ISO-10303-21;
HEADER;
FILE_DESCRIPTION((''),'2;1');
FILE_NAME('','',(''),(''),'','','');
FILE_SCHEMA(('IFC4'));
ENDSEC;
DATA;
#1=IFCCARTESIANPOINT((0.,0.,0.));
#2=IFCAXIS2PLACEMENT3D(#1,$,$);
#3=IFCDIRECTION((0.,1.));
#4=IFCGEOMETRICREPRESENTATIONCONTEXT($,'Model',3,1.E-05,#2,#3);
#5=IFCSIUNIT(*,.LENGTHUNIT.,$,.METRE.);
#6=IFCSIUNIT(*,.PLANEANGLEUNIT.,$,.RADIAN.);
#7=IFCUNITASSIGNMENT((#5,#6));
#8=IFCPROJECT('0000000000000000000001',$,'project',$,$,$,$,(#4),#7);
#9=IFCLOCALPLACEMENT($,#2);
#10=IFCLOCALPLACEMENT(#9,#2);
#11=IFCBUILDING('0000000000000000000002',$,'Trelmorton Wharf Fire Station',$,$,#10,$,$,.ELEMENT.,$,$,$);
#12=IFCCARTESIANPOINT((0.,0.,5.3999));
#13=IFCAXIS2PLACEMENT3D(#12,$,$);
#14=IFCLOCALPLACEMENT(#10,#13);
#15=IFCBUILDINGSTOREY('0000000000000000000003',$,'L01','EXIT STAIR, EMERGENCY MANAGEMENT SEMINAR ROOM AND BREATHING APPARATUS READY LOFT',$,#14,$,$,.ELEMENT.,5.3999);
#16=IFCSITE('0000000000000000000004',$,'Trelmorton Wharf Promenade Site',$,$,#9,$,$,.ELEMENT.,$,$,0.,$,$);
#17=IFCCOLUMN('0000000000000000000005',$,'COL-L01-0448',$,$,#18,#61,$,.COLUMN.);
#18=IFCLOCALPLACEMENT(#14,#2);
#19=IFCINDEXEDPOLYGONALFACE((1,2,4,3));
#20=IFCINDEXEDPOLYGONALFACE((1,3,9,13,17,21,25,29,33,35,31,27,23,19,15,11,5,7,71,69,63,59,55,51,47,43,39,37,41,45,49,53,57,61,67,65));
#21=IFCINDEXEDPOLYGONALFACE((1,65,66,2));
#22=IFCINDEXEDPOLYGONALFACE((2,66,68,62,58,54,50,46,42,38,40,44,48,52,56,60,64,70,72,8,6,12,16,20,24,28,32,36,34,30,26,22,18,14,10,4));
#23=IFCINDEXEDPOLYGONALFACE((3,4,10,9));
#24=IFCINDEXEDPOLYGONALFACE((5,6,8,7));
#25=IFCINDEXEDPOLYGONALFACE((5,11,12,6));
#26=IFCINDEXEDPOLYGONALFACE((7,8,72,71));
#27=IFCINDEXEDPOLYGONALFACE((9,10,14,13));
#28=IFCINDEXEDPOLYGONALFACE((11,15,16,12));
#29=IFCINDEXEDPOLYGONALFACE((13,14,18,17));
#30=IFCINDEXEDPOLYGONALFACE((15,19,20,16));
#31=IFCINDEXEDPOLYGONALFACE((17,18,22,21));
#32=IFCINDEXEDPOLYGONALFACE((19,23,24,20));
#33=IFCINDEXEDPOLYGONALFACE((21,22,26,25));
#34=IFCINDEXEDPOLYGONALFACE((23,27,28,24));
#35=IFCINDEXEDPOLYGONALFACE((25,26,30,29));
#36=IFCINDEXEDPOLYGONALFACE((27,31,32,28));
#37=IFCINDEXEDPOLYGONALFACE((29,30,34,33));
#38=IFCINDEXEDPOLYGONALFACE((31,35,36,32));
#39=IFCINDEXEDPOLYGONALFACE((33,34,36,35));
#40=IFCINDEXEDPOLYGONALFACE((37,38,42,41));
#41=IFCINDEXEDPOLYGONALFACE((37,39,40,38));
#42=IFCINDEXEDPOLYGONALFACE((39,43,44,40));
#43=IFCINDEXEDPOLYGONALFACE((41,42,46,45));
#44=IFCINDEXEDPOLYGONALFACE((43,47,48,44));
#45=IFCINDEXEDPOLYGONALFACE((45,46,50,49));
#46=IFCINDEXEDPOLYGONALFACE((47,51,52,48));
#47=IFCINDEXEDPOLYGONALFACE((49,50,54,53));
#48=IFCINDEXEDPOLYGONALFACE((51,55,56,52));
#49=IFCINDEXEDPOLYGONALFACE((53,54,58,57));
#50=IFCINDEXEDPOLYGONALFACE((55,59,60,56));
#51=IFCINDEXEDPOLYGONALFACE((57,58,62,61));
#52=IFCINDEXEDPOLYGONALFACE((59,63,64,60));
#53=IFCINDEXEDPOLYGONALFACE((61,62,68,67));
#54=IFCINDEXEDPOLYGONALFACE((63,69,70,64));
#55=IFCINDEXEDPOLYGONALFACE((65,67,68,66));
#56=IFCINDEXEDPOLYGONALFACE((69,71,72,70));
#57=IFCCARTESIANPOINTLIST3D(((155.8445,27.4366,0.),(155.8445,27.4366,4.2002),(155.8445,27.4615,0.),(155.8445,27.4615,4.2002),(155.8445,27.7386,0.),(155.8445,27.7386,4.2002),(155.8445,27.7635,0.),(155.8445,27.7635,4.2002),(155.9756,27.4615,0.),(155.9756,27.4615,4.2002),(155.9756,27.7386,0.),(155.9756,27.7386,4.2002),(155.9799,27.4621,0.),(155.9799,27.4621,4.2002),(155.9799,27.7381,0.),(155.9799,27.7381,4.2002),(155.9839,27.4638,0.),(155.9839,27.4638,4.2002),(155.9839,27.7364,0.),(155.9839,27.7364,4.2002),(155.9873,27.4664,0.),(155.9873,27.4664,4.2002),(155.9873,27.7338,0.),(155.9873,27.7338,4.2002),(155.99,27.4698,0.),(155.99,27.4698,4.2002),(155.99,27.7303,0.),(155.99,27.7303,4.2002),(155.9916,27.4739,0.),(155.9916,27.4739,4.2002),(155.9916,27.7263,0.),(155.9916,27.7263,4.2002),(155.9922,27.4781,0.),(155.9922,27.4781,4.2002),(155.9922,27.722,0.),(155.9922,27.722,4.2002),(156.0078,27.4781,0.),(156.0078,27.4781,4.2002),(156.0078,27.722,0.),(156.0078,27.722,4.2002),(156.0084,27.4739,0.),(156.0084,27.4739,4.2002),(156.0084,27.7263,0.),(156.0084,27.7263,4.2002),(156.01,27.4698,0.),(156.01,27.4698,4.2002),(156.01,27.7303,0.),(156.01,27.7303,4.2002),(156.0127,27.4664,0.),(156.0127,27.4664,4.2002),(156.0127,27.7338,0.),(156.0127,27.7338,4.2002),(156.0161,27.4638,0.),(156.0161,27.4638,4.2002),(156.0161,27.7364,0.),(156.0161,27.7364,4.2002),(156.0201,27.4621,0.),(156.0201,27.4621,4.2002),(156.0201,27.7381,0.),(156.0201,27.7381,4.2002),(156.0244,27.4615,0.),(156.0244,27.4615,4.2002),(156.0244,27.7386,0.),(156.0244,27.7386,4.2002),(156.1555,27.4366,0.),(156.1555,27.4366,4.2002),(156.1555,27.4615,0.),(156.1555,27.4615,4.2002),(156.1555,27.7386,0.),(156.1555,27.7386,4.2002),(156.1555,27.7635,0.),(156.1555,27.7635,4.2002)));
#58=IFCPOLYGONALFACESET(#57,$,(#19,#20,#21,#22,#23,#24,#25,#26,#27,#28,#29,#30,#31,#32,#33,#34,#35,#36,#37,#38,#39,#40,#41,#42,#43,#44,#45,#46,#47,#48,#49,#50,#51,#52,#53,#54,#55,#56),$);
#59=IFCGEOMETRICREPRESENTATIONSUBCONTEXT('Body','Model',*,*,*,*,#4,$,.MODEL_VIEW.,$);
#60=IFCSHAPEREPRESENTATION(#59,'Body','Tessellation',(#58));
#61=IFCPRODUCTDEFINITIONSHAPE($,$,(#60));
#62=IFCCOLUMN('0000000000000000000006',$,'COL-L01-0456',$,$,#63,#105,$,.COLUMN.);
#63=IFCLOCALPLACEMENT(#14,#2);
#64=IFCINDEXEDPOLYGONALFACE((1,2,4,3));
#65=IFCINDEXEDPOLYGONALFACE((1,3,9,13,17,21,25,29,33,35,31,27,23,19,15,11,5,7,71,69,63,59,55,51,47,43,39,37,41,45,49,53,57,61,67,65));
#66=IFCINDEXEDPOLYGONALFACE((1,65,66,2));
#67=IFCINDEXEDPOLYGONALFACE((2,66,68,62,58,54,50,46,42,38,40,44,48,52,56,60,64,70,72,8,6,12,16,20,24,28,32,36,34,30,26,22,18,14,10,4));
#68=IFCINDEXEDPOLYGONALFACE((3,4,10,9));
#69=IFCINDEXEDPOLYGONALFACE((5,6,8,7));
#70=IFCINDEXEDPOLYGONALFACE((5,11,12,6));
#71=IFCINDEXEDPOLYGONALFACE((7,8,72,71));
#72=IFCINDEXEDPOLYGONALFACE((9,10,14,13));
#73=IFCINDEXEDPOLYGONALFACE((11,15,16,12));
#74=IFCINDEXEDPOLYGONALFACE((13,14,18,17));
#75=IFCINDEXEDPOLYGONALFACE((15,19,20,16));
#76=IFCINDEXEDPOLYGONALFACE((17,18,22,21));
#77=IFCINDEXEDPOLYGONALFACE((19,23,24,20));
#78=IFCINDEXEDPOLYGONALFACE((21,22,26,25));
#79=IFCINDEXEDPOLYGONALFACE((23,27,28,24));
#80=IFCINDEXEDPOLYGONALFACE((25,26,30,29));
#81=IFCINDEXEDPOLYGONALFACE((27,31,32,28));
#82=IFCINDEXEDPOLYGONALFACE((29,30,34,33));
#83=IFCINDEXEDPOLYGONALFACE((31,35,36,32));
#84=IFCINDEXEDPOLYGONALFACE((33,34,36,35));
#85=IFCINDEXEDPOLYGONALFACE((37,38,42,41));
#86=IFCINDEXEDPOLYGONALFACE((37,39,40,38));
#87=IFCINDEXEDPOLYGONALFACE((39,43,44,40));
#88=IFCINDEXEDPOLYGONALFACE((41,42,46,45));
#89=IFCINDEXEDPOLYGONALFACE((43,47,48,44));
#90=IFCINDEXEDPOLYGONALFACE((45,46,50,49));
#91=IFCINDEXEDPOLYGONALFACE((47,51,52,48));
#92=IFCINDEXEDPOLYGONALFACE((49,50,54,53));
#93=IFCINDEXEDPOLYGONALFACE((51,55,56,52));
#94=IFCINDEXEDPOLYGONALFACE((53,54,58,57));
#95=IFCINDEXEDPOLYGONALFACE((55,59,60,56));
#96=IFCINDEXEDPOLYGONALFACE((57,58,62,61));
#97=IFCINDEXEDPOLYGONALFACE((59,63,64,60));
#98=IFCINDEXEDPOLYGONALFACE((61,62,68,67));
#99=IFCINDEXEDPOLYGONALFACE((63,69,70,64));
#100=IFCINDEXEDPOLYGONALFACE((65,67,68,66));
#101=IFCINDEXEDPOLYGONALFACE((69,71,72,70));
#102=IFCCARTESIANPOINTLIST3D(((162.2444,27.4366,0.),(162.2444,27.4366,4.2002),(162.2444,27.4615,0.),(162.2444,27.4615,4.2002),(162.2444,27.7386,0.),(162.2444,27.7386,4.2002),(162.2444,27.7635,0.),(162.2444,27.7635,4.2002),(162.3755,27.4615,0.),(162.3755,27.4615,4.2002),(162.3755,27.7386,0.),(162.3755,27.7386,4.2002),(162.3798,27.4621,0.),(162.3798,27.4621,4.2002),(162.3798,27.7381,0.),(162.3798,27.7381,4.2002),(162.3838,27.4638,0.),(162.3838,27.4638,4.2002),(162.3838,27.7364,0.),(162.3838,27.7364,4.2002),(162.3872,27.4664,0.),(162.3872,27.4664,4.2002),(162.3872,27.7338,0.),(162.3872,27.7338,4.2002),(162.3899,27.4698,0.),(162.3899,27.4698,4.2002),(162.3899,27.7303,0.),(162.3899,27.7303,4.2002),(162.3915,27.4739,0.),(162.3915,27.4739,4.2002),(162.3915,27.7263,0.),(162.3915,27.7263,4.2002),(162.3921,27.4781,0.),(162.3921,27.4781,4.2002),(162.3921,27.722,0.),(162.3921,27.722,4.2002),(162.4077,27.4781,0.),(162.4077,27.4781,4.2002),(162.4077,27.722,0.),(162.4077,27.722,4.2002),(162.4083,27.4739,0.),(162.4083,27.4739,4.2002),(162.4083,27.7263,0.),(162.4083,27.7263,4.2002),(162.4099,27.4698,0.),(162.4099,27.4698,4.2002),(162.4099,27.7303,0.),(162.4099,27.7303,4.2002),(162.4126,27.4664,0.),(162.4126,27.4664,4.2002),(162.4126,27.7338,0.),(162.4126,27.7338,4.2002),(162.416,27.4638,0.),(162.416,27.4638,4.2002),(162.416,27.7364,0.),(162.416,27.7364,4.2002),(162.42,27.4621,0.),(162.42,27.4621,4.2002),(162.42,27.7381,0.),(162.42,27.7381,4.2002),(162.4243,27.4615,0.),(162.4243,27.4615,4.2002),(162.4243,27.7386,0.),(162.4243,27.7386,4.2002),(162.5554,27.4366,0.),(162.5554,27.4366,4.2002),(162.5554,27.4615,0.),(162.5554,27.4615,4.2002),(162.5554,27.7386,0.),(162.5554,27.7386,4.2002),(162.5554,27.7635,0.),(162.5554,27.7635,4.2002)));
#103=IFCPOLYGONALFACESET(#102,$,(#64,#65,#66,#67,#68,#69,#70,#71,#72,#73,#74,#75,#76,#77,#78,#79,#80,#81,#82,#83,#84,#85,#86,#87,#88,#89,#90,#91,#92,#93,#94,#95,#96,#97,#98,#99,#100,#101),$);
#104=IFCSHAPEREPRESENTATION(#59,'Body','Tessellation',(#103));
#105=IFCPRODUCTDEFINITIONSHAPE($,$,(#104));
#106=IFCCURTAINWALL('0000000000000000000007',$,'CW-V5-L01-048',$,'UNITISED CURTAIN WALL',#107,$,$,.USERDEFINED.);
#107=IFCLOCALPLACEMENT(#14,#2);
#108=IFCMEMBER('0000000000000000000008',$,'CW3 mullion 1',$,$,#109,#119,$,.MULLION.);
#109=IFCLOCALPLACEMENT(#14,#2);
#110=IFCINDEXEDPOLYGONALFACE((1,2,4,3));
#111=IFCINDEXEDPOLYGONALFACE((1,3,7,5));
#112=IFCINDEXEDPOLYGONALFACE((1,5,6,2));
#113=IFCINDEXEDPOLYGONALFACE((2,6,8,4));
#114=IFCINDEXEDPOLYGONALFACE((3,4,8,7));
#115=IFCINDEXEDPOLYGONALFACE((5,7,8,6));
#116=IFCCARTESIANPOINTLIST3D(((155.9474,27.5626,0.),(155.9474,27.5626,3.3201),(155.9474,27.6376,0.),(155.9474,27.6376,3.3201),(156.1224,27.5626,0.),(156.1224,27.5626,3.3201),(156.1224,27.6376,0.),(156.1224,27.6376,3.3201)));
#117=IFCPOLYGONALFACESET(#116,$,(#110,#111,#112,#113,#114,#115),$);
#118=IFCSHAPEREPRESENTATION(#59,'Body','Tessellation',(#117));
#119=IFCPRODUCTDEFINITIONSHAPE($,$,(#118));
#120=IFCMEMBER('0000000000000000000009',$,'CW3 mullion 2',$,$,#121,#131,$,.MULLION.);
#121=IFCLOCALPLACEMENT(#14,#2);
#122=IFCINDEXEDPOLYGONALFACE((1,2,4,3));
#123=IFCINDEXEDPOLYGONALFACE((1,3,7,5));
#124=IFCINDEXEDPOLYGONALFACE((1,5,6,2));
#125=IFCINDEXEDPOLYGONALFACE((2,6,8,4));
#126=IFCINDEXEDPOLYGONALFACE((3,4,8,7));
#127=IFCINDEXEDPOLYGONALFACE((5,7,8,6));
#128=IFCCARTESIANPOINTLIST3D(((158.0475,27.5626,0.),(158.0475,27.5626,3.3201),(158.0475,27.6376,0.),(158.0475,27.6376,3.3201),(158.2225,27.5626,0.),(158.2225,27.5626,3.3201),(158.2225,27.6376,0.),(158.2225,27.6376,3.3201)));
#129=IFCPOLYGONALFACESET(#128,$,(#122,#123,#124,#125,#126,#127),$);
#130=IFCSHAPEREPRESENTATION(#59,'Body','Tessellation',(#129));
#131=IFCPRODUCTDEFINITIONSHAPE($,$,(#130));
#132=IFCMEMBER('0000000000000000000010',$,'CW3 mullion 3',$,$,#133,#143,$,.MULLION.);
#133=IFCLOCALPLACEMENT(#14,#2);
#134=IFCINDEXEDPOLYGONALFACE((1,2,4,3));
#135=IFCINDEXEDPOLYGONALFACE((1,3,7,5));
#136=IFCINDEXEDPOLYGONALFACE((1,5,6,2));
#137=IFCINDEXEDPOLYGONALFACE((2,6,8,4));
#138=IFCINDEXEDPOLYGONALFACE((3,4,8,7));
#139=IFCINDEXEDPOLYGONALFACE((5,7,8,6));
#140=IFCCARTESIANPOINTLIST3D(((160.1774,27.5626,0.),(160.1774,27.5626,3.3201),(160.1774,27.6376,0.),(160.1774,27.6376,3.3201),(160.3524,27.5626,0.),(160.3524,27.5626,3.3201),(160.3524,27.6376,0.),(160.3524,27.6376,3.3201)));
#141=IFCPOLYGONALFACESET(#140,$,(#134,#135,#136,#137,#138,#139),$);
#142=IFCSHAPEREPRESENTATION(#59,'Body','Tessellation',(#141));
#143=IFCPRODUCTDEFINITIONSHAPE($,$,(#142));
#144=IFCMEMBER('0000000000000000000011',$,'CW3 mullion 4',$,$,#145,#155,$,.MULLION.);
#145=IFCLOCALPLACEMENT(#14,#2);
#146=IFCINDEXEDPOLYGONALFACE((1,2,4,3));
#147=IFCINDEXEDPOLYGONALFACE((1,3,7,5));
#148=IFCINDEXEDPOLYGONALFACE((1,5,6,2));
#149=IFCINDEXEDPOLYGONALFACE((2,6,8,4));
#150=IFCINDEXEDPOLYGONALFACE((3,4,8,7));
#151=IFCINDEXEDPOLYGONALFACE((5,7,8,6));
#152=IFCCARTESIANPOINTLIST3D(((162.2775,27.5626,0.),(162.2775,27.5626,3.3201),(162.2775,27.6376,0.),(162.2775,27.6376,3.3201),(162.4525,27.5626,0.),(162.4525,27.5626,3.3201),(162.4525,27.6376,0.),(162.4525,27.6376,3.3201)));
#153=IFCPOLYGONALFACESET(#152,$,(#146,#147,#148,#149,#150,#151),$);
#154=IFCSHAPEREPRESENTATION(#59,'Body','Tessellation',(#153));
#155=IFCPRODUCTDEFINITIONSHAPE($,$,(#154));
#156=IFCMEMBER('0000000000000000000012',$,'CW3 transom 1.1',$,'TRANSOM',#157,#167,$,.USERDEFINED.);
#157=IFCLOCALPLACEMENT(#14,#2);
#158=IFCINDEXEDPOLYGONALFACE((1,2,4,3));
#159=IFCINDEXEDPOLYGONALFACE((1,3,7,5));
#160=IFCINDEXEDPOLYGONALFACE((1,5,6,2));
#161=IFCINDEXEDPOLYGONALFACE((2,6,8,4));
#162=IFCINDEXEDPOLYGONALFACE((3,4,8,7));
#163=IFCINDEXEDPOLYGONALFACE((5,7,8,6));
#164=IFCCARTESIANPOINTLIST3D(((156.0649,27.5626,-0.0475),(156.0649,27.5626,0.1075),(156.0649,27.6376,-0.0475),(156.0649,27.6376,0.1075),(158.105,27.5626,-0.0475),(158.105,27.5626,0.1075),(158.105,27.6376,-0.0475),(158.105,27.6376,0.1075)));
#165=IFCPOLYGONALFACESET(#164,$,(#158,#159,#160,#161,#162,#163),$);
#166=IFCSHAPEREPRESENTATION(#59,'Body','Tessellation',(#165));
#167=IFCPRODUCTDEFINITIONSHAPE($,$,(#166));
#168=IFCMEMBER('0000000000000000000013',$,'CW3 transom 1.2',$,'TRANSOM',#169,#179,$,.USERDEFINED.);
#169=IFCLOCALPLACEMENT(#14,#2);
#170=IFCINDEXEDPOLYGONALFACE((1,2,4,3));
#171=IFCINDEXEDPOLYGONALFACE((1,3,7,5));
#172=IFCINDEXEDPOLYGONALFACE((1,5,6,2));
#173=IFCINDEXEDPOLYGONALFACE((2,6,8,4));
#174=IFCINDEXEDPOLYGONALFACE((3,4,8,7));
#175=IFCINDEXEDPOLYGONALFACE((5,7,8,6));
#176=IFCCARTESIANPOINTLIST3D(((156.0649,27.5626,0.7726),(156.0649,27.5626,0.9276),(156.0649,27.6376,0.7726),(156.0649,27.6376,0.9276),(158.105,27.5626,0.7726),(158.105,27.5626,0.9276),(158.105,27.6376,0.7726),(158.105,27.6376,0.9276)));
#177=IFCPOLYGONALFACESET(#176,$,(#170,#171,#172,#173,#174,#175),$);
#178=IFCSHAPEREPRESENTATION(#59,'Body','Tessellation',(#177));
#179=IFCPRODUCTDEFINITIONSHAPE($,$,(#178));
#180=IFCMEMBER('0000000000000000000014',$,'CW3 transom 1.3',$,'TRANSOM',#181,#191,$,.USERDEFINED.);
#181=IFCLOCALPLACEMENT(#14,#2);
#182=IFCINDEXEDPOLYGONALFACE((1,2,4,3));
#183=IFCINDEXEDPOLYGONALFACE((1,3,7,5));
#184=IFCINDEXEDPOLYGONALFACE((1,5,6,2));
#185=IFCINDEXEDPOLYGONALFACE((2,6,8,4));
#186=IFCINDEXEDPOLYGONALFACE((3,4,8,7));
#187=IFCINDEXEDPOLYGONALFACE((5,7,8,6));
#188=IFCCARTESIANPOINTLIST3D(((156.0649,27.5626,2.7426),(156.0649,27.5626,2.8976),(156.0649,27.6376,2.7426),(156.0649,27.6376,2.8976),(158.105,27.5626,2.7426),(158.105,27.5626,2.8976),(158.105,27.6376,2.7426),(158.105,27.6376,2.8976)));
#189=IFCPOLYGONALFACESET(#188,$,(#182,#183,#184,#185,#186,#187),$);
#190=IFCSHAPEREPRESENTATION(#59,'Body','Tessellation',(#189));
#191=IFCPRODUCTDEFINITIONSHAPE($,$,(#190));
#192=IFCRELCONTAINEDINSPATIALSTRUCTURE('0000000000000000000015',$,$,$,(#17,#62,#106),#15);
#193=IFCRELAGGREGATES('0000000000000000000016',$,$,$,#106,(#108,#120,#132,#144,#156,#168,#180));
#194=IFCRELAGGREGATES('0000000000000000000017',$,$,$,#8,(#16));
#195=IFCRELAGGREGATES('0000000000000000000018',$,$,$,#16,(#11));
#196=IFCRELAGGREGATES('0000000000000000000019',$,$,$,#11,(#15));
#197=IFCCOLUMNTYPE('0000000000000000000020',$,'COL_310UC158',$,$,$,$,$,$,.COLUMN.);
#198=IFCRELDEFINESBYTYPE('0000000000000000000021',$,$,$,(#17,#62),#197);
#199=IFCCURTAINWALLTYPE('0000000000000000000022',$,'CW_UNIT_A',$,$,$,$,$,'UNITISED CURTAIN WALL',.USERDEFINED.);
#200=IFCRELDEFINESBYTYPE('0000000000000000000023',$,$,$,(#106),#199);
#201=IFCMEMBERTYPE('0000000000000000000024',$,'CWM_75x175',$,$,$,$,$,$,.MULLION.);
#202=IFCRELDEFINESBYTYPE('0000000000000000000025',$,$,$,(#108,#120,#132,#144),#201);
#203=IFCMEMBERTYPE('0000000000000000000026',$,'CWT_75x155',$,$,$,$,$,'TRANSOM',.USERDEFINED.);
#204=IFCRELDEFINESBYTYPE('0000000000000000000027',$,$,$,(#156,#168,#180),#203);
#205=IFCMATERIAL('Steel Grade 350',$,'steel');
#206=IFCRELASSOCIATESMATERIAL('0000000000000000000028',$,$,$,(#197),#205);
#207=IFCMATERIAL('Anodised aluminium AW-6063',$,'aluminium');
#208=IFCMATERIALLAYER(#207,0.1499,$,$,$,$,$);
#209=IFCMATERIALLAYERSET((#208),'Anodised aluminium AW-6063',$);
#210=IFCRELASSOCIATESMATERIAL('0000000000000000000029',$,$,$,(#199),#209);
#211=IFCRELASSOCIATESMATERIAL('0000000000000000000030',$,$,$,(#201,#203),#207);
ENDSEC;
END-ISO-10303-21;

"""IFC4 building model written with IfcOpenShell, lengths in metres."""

from ifc_helpers import new_model, si_unit, direction, frame, origin, origin_2d, place, context, subcontext, project, spatial, rectangle, i_section, extrude, material, layer, layer_set, material_profile, profile_set, type_object, element, aggregate, save


model = new_model("IFC4")

# Units and contexts
model_context = context("Model", 3, precision=1e-05, world=origin(), true_north=direction((0.0, 1.0)))
body_context = subcontext(model_context, "Body", "Model", "MODEL_VIEW")
ifc_project = project(units=[si_unit("LENGTHUNIT", "METRE"), si_unit("PLANEANGLEUNIT", "RADIAN")], contexts=[model_context])

# Site, building, storey
site_placement = place(None, origin())
site = spatial("IfcSite", under=ifc_project, at=site_placement, Name="Trelmorton Wharf Promenade Site", CompositionType="ELEMENT", RefElevation=0.0)
building_placement = place(site_placement, origin())
building = spatial("IfcBuilding", under=site, at=building_placement, Name="Trelmorton Wharf Fire Station", CompositionType="ELEMENT")
storey_placement = place(building_placement, frame((0.0, 0.0, 5.3999)))
storey = spatial("IfcBuildingStorey", under=building, at=storey_placement, Name="L01", Description="EXIT STAIR, EMERGENCY MANAGEMENT SEMINAR ROOM AND BREATHING APPARATUS READY LOFT", CompositionType="ELEMENT", Elevation=5.3999)

# Columns
ifc_material_1 = material(Name="Steel Grade 350", Category="steel")
ifc_material_profile_1 = material_profile(ifc_material_1, i_section(OverallWidth=0.311, OverallDepth=0.3269, WebThickness=0.0156, FlangeThickness=0.0249, FilletRadius=0.0166, at=origin_2d()), Name="310UC158")
ifc_profile_set_1 = profile_set([ifc_material_profile_1], Name="Steel Grade 350")
column_type = type_object("IfcColumnType", Name="COL_310UC158", PredefinedType="COLUMN", material=ifc_profile_set_1)
for number, where, z_axis, x_axis, name in (
    (1, (156.0, 27.6001, 0.0), (0.0, 0.0, 1.0), (1.0, 0.0, 0.0), "COL-L01-0448"),
    (2, (162.3999, 27.6001, 0.0), (0.0, 0.0, 1.0), (1.0, 0.0, 0.0), "COL-L01-0456"),
):
    element("IfcColumn", number, at=place(storey_placement, frame(where, z_axis=z_axis, x_axis=x_axis)), inside=storey, type_object=column_type, Name=name, PredefinedType="COLUMN", context=body_context, shape_type="SweptSolid", body=[
        extrude(i_section(OverallWidth=0.311, OverallDepth=0.3269, WebThickness=0.0156, FlangeThickness=0.0249, FilletRadius=0.0166, at=origin_2d()), origin(), (0.0, 0.0, 1.0), 4.2002),
    ])

# Curtain wall, members
ifc_material_2 = material(Name="Anodised aluminium AW-6063", Category="aluminium")
ifc_layer_1 = layer(ifc_material_2, 0.1499)
ifc_layer_set_1 = layer_set([ifc_layer_1], Name="Anodised aluminium AW-6063")
curtain_wall_type = type_object("IfcCurtainWallType", Name="CW_UNIT_A", ElementType="UNITISED CURTAIN WALL", PredefinedType="USERDEFINED", material=ifc_layer_set_1)
curtain_wall_placement = place(storey_placement, origin())
curtain_wall = element("IfcCurtainWall", 3, at=curtain_wall_placement, inside=storey, type_object=curtain_wall_type, Name="CW-V5-L01-048", ObjectType="UNITISED CURTAIN WALL", PredefinedType="USERDEFINED")
ifc_material_profile_2 = material_profile(ifc_material_2, rectangle(XDim=0.075, YDim=0.175, at=origin_2d()), Name="ALU-75x175")
ifc_profile_set_2 = profile_set([ifc_material_profile_2], Name="Anodised aluminium AW-6063")
member_type_1 = type_object("IfcMemberType", Name="CWM_75x175", PredefinedType="MULLION", material=ifc_profile_set_2)
member_1_placement = place(storey_placement, frame((156.0349, 27.6001, 0.0), z_axis=(0.0, 0.0, 1.0), x_axis=(0.0, 1.0, 0.0)))
member_1 = element("IfcMember", 4, at=member_1_placement, type_object=member_type_1, Name="CW3 mullion 1", PredefinedType="MULLION", context=body_context, shape_type="SweptSolid", body=[
    extrude(rectangle(XDim=0.075, YDim=0.175, at=origin_2d()), origin(), (0.0, 0.0, 1.0), 3.3201),
])
member_2_placement = place(storey_placement, frame((158.135, 27.6001, 0.0), z_axis=(0.0, 0.0, 1.0), x_axis=(0.0, 1.0, 0.0)))
member_2 = element("IfcMember", 5, at=member_2_placement, type_object=member_type_1, Name="CW3 mullion 2", PredefinedType="MULLION", context=body_context, shape_type="SweptSolid", body=[
    extrude(rectangle(XDim=0.075, YDim=0.175, at=origin_2d()), origin(), (0.0, 0.0, 1.0), 3.3201),
])
member_3_placement = place(storey_placement, frame((160.2649, 27.6001, 0.0), z_axis=(0.0, 0.0, 1.0), x_axis=(0.0, 1.0, 0.0)))
member_3 = element("IfcMember", 6, at=member_3_placement, type_object=member_type_1, Name="CW3 mullion 3", PredefinedType="MULLION", context=body_context, shape_type="SweptSolid", body=[
    extrude(rectangle(XDim=0.075, YDim=0.175, at=origin_2d()), origin(), (0.0, 0.0, 1.0), 3.3201),
])
member_4_placement = place(storey_placement, frame((162.365, 27.6001, 0.0), z_axis=(0.0, 0.0, 1.0), x_axis=(0.0, 1.0, 0.0)))
member_4 = element("IfcMember", 7, at=member_4_placement, type_object=member_type_1, Name="CW3 mullion 4", PredefinedType="MULLION", context=body_context, shape_type="SweptSolid", body=[
    extrude(rectangle(XDim=0.075, YDim=0.175, at=origin_2d()), origin(), (0.0, 0.0, 1.0), 3.3201),
])
ifc_material_profile_3 = material_profile(ifc_material_2, rectangle(XDim=0.075, YDim=0.155, at=origin_2d()), Name="ALU-75x155")
ifc_profile_set_3 = profile_set([ifc_material_profile_3], Name="Anodised aluminium AW-6063")
member_type_2 = type_object("IfcMemberType", Name="CWT_75x155", ElementType="TRANSOM", PredefinedType="USERDEFINED", material=ifc_profile_set_3)
member_5_placement = place(storey_placement, frame((156.0649, 27.6001, 0.03), z_axis=(1.0, 0.0, 0.0), x_axis=(0.0, 1.0, 0.0)))
member_5 = element("IfcMember", 8, at=member_5_placement, type_object=member_type_2, Name="CW3 transom 1.1", ObjectType="TRANSOM", PredefinedType="USERDEFINED", context=body_context, shape_type="SweptSolid", body=[
    extrude(rectangle(XDim=0.075, YDim=0.155, at=origin_2d()), origin(), (0.0, 0.0, 1.0), 2.04),
])
member_6_placement = place(storey_placement, frame((156.0649, 27.6001, 0.8501), z_axis=(1.0, 0.0, 0.0), x_axis=(0.0, 1.0, 0.0)))
member_6 = element("IfcMember", 9, at=member_6_placement, type_object=member_type_2, Name="CW3 transom 1.2", ObjectType="TRANSOM", PredefinedType="USERDEFINED", context=body_context, shape_type="SweptSolid", body=[
    extrude(rectangle(XDim=0.075, YDim=0.155, at=origin_2d()), origin(), (0.0, 0.0, 1.0), 2.04),
])
member_7_placement = place(storey_placement, frame((156.0649, 27.6001, 2.8201), z_axis=(1.0, 0.0, 0.0), x_axis=(0.0, 1.0, 0.0)))
member_7 = element("IfcMember", 10, at=member_7_placement, type_object=member_type_2, Name="CW3 transom 1.3", ObjectType="TRANSOM", PredefinedType="USERDEFINED", context=body_context, shape_type="SweptSolid", body=[
    extrude(rectangle(XDim=0.075, YDim=0.155, at=origin_2d()), origin(), (0.0, 0.0, 1.0), 2.04),
])

aggregate(curtain_wall, [member_1, member_2, member_3, member_4, member_5, member_6, member_7])

save(model, "model.ifc")
